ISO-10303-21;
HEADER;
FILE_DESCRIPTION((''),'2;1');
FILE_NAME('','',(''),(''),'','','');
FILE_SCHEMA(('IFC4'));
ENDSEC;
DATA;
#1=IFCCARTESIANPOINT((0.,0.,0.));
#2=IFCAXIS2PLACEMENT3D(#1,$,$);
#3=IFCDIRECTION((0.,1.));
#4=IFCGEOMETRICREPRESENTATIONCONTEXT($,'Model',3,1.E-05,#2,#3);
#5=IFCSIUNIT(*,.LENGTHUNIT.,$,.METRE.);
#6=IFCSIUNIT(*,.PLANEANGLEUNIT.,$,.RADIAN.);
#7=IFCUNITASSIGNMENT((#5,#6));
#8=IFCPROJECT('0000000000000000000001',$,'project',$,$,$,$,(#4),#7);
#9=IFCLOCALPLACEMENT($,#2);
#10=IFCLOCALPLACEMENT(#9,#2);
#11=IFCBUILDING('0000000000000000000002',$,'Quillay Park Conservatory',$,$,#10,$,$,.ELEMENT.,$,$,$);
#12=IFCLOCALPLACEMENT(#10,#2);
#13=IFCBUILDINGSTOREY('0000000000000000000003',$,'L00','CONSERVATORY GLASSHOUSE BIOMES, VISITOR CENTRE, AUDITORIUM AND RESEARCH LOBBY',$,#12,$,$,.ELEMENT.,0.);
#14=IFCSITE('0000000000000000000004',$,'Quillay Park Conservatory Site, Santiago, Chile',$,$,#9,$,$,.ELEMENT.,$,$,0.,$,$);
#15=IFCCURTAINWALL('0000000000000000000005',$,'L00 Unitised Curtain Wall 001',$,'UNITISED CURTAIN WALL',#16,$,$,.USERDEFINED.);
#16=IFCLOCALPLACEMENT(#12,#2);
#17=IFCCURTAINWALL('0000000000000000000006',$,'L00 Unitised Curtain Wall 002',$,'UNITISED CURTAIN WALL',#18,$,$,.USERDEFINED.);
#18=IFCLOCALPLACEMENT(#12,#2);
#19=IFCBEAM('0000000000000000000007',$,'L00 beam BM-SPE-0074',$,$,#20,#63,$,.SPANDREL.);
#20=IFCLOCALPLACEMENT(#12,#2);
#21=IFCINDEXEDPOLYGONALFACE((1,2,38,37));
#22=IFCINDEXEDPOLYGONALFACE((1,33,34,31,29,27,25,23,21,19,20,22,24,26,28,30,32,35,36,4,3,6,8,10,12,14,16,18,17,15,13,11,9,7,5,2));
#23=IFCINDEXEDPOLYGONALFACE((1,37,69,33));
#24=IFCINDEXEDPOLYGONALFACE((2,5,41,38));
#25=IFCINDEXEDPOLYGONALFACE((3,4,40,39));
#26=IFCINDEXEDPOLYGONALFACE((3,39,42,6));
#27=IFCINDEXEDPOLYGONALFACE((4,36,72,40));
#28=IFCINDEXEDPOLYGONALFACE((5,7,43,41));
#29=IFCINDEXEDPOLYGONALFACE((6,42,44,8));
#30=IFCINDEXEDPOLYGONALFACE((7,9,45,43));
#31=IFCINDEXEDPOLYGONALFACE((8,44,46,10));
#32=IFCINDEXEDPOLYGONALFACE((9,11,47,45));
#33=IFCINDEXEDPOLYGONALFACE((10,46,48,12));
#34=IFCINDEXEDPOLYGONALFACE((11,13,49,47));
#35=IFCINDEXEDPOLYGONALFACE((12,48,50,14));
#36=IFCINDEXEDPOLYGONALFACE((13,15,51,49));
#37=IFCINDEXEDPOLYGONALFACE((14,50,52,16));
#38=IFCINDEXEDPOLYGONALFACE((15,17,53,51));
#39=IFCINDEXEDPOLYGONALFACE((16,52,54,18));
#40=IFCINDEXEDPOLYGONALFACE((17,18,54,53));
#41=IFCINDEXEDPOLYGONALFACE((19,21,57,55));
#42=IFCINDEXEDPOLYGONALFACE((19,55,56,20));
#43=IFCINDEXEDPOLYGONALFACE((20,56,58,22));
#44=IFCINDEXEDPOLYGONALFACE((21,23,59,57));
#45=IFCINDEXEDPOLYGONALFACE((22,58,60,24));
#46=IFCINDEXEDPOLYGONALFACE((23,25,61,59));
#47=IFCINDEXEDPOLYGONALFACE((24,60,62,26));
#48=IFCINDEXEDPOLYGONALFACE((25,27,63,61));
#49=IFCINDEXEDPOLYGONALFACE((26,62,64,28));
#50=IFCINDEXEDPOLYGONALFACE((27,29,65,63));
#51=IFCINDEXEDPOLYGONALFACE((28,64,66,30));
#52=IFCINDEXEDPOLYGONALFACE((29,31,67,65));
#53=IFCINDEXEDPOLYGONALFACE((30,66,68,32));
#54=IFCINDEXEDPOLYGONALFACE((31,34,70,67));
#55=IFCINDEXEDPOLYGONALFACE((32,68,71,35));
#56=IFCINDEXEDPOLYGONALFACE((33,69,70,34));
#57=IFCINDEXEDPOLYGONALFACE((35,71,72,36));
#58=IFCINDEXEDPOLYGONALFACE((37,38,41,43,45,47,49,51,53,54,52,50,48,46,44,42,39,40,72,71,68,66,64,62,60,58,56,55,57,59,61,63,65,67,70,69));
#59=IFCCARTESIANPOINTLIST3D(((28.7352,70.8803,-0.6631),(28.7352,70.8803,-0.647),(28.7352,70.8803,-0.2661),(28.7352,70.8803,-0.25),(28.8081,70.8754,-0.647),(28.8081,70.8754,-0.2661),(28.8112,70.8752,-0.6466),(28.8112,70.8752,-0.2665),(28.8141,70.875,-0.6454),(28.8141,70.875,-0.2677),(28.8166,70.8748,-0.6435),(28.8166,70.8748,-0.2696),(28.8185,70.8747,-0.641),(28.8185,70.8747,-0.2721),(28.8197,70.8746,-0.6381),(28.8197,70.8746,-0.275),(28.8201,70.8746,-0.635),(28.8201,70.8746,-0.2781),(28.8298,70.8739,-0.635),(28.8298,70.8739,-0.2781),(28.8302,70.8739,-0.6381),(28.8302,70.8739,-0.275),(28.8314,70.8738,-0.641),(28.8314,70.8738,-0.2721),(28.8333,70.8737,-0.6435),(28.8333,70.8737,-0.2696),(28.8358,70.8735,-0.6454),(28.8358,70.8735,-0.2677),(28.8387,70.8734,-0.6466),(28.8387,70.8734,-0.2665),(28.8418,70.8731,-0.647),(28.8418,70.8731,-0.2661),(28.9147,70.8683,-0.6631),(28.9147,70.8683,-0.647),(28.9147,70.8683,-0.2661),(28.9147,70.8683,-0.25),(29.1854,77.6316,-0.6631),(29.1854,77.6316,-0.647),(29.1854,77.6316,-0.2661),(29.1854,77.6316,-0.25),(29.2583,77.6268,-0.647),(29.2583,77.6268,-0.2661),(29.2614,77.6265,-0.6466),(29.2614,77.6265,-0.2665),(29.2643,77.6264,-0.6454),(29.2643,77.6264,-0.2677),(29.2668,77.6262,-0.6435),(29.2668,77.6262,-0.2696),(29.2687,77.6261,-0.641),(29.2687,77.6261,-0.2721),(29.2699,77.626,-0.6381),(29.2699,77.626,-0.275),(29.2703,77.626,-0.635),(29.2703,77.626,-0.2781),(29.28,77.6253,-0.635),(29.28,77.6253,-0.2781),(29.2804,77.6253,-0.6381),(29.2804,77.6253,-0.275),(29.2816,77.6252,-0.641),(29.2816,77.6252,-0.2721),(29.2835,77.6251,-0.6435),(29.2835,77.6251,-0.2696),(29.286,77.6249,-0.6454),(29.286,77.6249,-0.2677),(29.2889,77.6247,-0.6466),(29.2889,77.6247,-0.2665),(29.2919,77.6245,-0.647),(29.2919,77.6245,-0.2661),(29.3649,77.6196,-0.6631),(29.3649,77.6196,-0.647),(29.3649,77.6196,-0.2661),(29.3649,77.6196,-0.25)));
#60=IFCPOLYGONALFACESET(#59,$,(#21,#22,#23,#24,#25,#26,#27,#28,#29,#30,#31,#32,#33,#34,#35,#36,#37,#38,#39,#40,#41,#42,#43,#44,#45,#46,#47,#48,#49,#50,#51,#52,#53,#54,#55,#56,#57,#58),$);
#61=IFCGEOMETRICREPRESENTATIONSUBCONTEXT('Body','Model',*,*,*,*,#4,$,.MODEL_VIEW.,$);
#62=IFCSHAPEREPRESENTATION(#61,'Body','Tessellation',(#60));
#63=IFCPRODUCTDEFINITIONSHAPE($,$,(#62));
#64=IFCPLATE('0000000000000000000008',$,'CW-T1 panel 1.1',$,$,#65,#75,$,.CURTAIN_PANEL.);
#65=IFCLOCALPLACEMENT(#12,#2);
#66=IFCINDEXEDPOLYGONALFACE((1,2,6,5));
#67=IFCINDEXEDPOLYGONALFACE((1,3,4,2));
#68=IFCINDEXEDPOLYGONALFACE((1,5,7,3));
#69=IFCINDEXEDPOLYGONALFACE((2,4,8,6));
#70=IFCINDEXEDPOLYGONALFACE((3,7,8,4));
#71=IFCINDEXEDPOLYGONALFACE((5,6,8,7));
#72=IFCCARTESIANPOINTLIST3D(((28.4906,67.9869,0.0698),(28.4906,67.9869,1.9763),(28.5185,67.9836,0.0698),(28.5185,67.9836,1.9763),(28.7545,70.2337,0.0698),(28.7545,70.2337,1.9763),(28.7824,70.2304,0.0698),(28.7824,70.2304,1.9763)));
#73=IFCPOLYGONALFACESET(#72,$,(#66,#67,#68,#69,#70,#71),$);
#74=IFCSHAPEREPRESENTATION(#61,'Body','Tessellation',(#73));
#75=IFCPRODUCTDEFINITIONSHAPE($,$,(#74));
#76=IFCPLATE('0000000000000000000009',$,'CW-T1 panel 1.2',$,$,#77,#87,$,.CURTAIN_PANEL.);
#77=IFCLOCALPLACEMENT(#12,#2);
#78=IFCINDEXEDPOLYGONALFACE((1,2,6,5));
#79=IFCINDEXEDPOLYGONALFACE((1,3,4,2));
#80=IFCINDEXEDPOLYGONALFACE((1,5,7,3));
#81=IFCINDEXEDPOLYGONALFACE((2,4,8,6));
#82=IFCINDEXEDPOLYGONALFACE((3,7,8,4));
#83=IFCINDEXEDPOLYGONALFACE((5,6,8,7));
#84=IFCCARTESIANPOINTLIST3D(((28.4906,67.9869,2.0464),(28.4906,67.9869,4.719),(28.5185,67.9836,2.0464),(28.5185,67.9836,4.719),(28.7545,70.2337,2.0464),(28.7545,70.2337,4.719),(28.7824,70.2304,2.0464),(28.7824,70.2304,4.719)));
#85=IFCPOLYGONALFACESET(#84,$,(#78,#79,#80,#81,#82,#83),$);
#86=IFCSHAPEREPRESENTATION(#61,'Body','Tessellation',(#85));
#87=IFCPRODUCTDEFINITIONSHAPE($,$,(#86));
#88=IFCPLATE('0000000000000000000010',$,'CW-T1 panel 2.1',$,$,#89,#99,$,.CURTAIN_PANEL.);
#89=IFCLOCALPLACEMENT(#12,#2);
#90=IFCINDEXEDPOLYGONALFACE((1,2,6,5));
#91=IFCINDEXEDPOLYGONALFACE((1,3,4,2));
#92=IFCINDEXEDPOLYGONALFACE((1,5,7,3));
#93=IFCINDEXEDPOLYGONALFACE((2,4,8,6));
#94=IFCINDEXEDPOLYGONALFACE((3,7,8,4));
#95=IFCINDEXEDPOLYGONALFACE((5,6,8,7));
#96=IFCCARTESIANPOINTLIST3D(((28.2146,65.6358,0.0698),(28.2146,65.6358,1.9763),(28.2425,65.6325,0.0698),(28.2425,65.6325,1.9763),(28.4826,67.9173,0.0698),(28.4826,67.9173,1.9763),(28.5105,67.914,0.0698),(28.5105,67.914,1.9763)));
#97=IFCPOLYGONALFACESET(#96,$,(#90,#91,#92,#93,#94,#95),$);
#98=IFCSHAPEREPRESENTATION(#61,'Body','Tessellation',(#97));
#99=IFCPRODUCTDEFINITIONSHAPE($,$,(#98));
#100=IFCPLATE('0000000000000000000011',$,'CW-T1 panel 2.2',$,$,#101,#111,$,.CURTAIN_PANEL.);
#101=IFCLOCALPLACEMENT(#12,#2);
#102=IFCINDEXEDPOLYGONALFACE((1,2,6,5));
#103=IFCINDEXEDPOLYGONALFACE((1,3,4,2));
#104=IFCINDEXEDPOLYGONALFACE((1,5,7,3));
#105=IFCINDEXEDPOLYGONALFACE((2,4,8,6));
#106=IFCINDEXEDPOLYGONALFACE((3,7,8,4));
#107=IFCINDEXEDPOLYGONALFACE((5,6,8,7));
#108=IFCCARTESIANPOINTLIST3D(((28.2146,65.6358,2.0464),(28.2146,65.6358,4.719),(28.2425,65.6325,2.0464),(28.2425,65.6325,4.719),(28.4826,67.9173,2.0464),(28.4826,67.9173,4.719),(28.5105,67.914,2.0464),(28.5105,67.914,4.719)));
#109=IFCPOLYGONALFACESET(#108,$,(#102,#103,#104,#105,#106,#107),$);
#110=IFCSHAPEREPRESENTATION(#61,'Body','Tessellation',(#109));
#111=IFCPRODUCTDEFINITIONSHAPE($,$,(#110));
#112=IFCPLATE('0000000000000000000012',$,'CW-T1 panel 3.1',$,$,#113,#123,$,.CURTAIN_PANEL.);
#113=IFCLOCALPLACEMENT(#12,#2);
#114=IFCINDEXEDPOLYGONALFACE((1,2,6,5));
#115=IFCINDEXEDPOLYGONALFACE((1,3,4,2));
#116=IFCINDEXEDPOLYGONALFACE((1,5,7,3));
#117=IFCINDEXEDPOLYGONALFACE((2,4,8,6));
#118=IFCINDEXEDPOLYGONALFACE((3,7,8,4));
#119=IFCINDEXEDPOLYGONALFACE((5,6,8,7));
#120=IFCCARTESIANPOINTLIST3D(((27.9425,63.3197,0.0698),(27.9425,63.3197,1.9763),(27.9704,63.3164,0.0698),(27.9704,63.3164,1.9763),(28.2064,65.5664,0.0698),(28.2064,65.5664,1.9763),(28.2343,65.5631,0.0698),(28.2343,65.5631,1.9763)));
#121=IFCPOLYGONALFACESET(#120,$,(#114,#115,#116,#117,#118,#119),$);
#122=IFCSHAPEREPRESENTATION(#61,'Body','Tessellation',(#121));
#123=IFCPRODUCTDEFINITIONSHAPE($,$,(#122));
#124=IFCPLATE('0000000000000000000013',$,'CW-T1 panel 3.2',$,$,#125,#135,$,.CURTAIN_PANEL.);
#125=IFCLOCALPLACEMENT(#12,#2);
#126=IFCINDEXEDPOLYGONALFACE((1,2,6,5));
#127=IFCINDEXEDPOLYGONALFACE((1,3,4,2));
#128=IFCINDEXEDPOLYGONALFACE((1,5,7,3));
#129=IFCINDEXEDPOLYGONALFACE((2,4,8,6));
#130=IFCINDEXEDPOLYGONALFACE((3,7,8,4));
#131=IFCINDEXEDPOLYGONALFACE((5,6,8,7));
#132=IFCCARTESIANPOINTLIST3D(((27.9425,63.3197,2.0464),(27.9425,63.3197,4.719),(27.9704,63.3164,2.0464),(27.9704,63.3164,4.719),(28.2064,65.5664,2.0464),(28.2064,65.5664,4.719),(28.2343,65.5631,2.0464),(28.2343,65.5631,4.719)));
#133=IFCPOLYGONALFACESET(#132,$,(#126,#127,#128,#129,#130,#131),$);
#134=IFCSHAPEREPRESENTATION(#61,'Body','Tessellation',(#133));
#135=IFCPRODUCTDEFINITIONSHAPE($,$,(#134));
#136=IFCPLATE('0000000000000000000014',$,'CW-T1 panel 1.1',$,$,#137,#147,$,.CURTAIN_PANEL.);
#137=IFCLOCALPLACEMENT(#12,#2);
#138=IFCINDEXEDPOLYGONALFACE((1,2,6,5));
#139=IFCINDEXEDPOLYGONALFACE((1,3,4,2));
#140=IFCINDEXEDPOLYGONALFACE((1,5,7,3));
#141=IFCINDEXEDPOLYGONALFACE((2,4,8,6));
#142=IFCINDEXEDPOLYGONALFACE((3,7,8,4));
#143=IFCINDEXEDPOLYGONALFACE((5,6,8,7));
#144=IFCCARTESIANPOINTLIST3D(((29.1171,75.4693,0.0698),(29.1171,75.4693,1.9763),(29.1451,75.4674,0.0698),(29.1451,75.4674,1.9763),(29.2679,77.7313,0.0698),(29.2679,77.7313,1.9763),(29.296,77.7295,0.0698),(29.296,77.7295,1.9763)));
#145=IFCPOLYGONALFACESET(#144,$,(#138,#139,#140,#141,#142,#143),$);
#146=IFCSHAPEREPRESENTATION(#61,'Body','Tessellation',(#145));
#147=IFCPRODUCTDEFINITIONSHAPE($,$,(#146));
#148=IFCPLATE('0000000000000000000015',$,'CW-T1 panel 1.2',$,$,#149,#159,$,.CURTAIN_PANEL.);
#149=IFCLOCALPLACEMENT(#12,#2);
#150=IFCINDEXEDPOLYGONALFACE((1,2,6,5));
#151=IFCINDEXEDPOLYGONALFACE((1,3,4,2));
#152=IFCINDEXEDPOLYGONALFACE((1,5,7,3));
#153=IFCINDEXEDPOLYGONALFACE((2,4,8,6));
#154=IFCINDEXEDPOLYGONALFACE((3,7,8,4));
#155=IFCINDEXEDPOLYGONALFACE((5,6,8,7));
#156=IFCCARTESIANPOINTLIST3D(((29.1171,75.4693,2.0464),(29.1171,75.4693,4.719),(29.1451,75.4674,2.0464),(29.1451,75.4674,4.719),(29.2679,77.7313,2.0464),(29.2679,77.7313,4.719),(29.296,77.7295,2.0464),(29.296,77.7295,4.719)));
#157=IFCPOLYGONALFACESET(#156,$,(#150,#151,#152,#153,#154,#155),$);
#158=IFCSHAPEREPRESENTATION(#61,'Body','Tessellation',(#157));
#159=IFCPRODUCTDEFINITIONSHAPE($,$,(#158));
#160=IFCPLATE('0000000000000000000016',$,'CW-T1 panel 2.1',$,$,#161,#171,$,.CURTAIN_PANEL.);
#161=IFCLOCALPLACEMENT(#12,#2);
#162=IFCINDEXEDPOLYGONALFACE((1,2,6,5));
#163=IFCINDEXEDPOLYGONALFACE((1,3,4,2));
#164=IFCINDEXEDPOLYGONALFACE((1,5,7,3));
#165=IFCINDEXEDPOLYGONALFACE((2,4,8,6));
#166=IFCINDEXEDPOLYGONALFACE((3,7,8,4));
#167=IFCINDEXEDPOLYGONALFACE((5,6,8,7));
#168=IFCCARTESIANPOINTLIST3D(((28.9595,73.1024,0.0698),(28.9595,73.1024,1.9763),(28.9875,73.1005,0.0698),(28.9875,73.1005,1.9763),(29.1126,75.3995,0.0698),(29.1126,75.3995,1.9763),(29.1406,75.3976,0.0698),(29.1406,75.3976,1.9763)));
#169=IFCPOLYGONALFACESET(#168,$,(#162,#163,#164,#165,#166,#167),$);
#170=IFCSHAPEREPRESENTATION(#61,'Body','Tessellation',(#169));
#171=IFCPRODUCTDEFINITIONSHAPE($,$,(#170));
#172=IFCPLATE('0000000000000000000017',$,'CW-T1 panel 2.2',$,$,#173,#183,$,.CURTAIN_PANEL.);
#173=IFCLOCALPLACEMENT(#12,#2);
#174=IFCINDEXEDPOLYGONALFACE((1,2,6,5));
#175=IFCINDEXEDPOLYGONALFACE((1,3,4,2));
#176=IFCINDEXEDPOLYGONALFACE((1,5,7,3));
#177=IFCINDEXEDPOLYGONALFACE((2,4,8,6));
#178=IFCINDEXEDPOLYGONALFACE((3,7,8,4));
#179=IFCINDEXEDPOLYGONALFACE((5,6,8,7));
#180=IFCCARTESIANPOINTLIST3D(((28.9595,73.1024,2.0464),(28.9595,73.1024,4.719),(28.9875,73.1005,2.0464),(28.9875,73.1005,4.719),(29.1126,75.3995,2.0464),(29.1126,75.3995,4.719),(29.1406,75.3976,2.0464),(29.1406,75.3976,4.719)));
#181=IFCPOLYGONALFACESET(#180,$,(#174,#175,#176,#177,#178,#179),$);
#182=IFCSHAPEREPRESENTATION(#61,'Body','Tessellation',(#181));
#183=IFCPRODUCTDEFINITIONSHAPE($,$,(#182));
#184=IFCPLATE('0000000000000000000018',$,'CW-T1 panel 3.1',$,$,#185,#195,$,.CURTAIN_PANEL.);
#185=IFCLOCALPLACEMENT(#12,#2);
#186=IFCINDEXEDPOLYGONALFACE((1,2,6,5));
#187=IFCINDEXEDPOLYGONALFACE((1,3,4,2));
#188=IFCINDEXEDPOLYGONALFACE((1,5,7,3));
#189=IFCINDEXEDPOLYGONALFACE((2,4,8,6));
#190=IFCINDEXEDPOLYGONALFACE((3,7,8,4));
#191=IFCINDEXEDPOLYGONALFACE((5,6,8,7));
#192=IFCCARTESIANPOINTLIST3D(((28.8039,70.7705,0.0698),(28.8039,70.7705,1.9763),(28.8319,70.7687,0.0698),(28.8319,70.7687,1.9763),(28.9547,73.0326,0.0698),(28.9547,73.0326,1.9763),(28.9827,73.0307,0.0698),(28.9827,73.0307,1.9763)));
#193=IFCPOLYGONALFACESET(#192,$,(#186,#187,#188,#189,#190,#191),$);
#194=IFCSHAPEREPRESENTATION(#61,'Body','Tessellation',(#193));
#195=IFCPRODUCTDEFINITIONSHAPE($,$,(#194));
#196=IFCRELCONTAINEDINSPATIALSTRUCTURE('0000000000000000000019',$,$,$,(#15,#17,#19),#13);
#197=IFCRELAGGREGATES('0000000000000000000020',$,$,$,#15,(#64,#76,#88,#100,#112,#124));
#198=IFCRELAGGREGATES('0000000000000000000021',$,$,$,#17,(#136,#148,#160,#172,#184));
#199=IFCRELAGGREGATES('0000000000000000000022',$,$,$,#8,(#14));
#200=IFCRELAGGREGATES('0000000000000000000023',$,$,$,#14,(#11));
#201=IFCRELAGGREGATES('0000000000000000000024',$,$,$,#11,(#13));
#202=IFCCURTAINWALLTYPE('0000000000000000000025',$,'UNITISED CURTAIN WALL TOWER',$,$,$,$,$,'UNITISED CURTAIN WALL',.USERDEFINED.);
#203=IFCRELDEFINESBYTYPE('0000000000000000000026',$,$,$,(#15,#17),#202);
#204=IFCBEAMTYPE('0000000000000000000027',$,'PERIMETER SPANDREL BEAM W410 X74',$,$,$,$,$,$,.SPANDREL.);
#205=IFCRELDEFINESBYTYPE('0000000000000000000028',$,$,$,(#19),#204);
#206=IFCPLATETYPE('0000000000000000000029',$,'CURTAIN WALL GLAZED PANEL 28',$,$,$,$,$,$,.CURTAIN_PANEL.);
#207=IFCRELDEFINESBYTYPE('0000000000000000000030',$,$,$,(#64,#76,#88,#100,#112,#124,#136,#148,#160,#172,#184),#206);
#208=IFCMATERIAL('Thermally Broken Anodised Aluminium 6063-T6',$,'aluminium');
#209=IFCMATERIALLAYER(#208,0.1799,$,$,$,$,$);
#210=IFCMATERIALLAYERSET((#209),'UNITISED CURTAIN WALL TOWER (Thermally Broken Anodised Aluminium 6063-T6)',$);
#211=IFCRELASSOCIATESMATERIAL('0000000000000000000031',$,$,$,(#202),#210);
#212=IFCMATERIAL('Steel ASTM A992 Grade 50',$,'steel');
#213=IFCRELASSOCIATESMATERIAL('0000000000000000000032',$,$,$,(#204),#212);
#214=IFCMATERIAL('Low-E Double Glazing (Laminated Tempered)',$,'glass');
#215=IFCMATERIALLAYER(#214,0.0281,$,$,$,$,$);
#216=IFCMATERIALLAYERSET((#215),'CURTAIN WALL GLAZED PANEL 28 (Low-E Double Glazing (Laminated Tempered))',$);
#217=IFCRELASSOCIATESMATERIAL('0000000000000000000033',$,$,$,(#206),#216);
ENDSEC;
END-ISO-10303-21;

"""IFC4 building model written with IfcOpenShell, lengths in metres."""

from ifc_helpers import new_model, si_unit, direction, frame, origin, origin_2d, place, context, subcontext, project, spatial, rectangle, i_section, extrude, material, layer, layer_set, material_profile, profile_set, type_object, element, aggregate, save


model = new_model("IFC4")

# Units and contexts
model_context = context("Model", 3, precision=1e-05, world=origin(), true_north=direction((0.0, 1.0)))
body_context = subcontext(model_context, "Body", "Model", "MODEL_VIEW")
ifc_project = project(units=[si_unit("LENGTHUNIT", "METRE"), si_unit("PLANEANGLEUNIT", "RADIAN")], contexts=[model_context])

# Site, building, storey
site_placement = place(None, origin())
site = spatial("IfcSite", under=ifc_project, at=site_placement, Name="Quillay Park Conservatory Site, Santiago, Chile", CompositionType="ELEMENT", RefElevation=0.0)
building_placement = place(site_placement, origin())
building = spatial("IfcBuilding", under=site, at=building_placement, Name="Quillay Park Conservatory", CompositionType="ELEMENT")
storey_placement = place(building_placement, origin())
storey = spatial("IfcBuildingStorey", under=building, at=storey_placement, Name="L00", Description="CONSERVATORY GLASSHOUSE BIOMES, VISITOR CENTRE, AUDITORIUM AND RESEARCH LOBBY", CompositionType="ELEMENT", Elevation=0.0)

# Curtain walls
ifc_material_1 = material(Name="Thermally Broken Anodised Aluminium 6063-T6", Category="aluminium")
ifc_layer_1 = layer(ifc_material_1, 0.1799)
ifc_layer_set_1 = layer_set([ifc_layer_1], Name="UNITISED CURTAIN WALL TOWER (Thermally Broken Anodised Aluminium 6063-T6)")
curtain_wall_type = type_object("IfcCurtainWallType", Name="UNITISED CURTAIN WALL TOWER", ElementType="UNITISED CURTAIN WALL", PredefinedType="USERDEFINED", material=ifc_layer_set_1)
curtain_wall_1_placement = place(storey_placement, origin())
curtain_wall_1 = element("IfcCurtainWall", 1, at=curtain_wall_1_placement, inside=storey, type_object=curtain_wall_type, Name="L00 Unitised Curtain Wall 001", ObjectType="UNITISED CURTAIN WALL", PredefinedType="USERDEFINED")
curtain_wall_2_placement = place(storey_placement, origin())
curtain_wall_2 = element("IfcCurtainWall", 2, at=curtain_wall_2_placement, inside=storey, type_object=curtain_wall_type, Name="L00 Unitised Curtain Wall 002", ObjectType="UNITISED CURTAIN WALL", PredefinedType="USERDEFINED")

# Beam
ifc_material_2 = material(Name="Steel ASTM A992 Grade 50", Category="steel")
ifc_material_profile_1 = material_profile(ifc_material_2, i_section(OverallWidth=0.1799, OverallDepth=0.4131, WebThickness=0.0098, FlangeThickness=0.0161, FilletRadius=0.012, at=origin_2d()), Name="W410x74")
ifc_profile_set_1 = profile_set([ifc_material_profile_1], Name="Steel ASTM A992 Grade 50")
beam_type = type_object("IfcBeamType", Name="PERIMETER SPANDREL BEAM W410 X74", PredefinedType="SPANDREL", material=ifc_profile_set_1)
beam_1_placement = place(storey_placement, frame((28.825, 70.8743, -0.4565), z_axis=(0.066533, 0.997784, 0.0), x_axis=(-0.997784, 0.066533, 0.0)))
element("IfcBeam", 3, at=beam_1_placement, inside=storey, type_object=beam_type, Name="L00 beam BM-SPE-0074", PredefinedType="SPANDREL", context=body_context, shape_type="SweptSolid", body=[
    extrude(i_section(OverallWidth=0.1799, OverallDepth=0.4131, WebThickness=0.0098, FlangeThickness=0.0161, FilletRadius=0.012, at=origin_2d()), origin(), (0.0, 0.0, 1.0), 6.7664),
])

# Plates
ifc_material_3 = material(Name="Low-E Double Glazing (Laminated Tempered)", Category="glass")
ifc_layer_2 = layer(ifc_material_3, 0.0281)
ifc_layer_set_2 = layer_set([ifc_layer_2], Name="CURTAIN WALL GLAZED PANEL 28 (Low-E Double Glazing (Laminated Tempered))")
plate_type = type_object("IfcPlateType", Name="CURTAIN WALL GLAZED PANEL 28", PredefinedType="CURTAIN_PANEL", material=ifc_layer_set_2)
plate_1_placement = place(storey_placement, frame((28.6365, 69.1086, 0.0698), z_axis=(0.0, 0.0, 1.0), x_axis=(-0.116655, -0.993173, 0.0)))
plate_1 = element("IfcPlate", 4, at=plate_1_placement, type_object=plate_type, Name="CW-T1 panel 1.1", PredefinedType="CURTAIN_PANEL", context=body_context, shape_type="SweptSolid", body=[
    extrude(rectangle(XDim=2.2622, YDim=0.0281, at=origin_2d()), origin(), (0.0, 0.0, 1.0), 1.9065),
])
plate_2_placement = place(storey_placement, frame((28.6365, 69.1086, 2.0464), z_axis=(0.0, 0.0, 1.0), x_axis=(-0.116655, -0.993173, 0.0)))
plate_2 = element("IfcPlate", 5, at=plate_2_placement, type_object=plate_type, Name="CW-T1 panel 1.2", PredefinedType="CURTAIN_PANEL", context=body_context, shape_type="SweptSolid", body=[
    extrude(rectangle(XDim=2.2622, YDim=0.0281, at=origin_2d()), origin(), (0.0, 0.0, 1.0), 2.6726),
])
plate_3_placement = place(storey_placement, frame((28.3625, 66.7749, 0.0698), z_axis=(0.0, 0.0, 1.0), x_axis=(-0.116655, -0.993173, 0.0)))
plate_3 = element("IfcPlate", 6, at=plate_3_placement, type_object=plate_type, Name="CW-T1 panel 2.1", PredefinedType="CURTAIN_PANEL", context=body_context, shape_type="SweptSolid", body=[
    extrude(rectangle(XDim=2.2971, YDim=0.0281, at=origin_2d()), origin(), (0.0, 0.0, 1.0), 1.9065),
])
plate_4_placement = place(storey_placement, frame((28.3625, 66.7749, 2.0464), z_axis=(0.0, 0.0, 1.0), x_axis=(-0.116655, -0.993173, 0.0)))
plate_4 = element("IfcPlate", 7, at=plate_4_placement, type_object=plate_type, Name="CW-T1 panel 2.2", PredefinedType="CURTAIN_PANEL", context=body_context, shape_type="SweptSolid", body=[
    extrude(rectangle(XDim=2.2971, YDim=0.0281, at=origin_2d()), origin(), (0.0, 0.0, 1.0), 2.6726),
])
plate_5_placement = place(storey_placement, frame((28.0884, 64.4414, 0.0698), z_axis=(0.0, 0.0, 1.0), x_axis=(-0.116655, -0.993173, 0.0)))
plate_5 = element("IfcPlate", 8, at=plate_5_placement, type_object=plate_type, Name="CW-T1 panel 3.1", PredefinedType="CURTAIN_PANEL", context=body_context, shape_type="SweptSolid", body=[
    extrude(rectangle(XDim=2.2622, YDim=0.0281, at=origin_2d()), origin(), (0.0, 0.0, 1.0), 1.9065),
])
plate_6_placement = place(storey_placement, frame((28.0884, 64.4414, 2.0464), z_axis=(0.0, 0.0, 1.0), x_axis=(-0.116655, -0.993173, 0.0)))
plate_6 = element("IfcPlate", 9, at=plate_6_placement, type_object=plate_type, Name="CW-T1 panel 3.2", PredefinedType="CURTAIN_PANEL", context=body_context, shape_type="SweptSolid", body=[
    extrude(rectangle(XDim=2.2622, YDim=0.0281, at=origin_2d()), origin(), (0.0, 0.0, 1.0), 2.6726),
])
aggregate(curtain_wall_1, [plate_1, plate_2, plate_3, plate_4, plate_5, plate_6])
plate_7_placement = place(storey_placement, frame((29.2065, 76.5994, 0.0698), z_axis=(0.0, 0.0, 1.0), x_axis=(-0.066521, -0.997785, 0.0)))
plate_7 = element("IfcPlate", 10, at=plate_7_placement, type_object=plate_type, Name="CW-T1 panel 1.1", PredefinedType="CURTAIN_PANEL", context=body_context, shape_type="SweptSolid", body=[
    extrude(rectangle(XDim=2.2671, YDim=0.0281, at=origin_2d()), origin(), (0.0, 0.0, 1.0), 1.9065),
])
plate_8_placement = place(storey_placement, frame((29.2065, 76.5994, 2.0464), z_axis=(0.0, 0.0, 1.0), x_axis=(-0.066521, -0.997785, 0.0)))
plate_8 = element("IfcPlate", 11, at=plate_8_placement, type_object=plate_type, Name="CW-T1 panel 1.2", PredefinedType="CURTAIN_PANEL", context=body_context, shape_type="SweptSolid", body=[
    extrude(rectangle(XDim=2.2671, YDim=0.0281, at=origin_2d()), origin(), (0.0, 0.0, 1.0), 2.6726),
])
plate_9_placement = place(storey_placement, frame((29.05, 74.25, 0.0698), z_axis=(0.0, 0.0, 1.0), x_axis=(-0.066521, -0.997785, 0.0)))
plate_9 = element("IfcPlate", 12, at=plate_9_placement, type_object=plate_type, Name="CW-T1 panel 2.1", PredefinedType="CURTAIN_PANEL", context=body_context, shape_type="SweptSolid", body=[
    extrude(rectangle(XDim=2.3022, YDim=0.0281, at=origin_2d()), origin(), (0.0, 0.0, 1.0), 1.9065),
])
plate_10_placement = place(storey_placement, frame((29.05, 74.25, 2.0464), z_axis=(0.0, 0.0, 1.0), x_axis=(-0.066521, -0.997785, 0.0)))
plate_10 = element("IfcPlate", 13, at=plate_10_placement, type_object=plate_type, Name="CW-T1 panel 2.2", PredefinedType="CURTAIN_PANEL", context=body_context, shape_type="SweptSolid", body=[
    extrude(rectangle(XDim=2.3022, YDim=0.0281, at=origin_2d()), origin(), (0.0, 0.0, 1.0), 2.6726),
])
plate_11_placement = place(storey_placement, frame((28.8933, 71.9006, 0.0698), z_axis=(0.0, 0.0, 1.0), x_axis=(-0.066521, -0.997785, 0.0)))
plate_11 = element("IfcPlate", 14, at=plate_11_placement, type_object=plate_type, Name="CW-T1 panel 3.1", PredefinedType="CURTAIN_PANEL", context=body_context, shape_type="SweptSolid", body=[
    extrude(rectangle(XDim=2.2671, YDim=0.0281, at=origin_2d()), origin(), (0.0, 0.0, 1.0), 1.9065),
])
aggregate(curtain_wall_2, [plate_7, plate_8, plate_9, plate_10, plate_11])

save(model, "model.ifc")
